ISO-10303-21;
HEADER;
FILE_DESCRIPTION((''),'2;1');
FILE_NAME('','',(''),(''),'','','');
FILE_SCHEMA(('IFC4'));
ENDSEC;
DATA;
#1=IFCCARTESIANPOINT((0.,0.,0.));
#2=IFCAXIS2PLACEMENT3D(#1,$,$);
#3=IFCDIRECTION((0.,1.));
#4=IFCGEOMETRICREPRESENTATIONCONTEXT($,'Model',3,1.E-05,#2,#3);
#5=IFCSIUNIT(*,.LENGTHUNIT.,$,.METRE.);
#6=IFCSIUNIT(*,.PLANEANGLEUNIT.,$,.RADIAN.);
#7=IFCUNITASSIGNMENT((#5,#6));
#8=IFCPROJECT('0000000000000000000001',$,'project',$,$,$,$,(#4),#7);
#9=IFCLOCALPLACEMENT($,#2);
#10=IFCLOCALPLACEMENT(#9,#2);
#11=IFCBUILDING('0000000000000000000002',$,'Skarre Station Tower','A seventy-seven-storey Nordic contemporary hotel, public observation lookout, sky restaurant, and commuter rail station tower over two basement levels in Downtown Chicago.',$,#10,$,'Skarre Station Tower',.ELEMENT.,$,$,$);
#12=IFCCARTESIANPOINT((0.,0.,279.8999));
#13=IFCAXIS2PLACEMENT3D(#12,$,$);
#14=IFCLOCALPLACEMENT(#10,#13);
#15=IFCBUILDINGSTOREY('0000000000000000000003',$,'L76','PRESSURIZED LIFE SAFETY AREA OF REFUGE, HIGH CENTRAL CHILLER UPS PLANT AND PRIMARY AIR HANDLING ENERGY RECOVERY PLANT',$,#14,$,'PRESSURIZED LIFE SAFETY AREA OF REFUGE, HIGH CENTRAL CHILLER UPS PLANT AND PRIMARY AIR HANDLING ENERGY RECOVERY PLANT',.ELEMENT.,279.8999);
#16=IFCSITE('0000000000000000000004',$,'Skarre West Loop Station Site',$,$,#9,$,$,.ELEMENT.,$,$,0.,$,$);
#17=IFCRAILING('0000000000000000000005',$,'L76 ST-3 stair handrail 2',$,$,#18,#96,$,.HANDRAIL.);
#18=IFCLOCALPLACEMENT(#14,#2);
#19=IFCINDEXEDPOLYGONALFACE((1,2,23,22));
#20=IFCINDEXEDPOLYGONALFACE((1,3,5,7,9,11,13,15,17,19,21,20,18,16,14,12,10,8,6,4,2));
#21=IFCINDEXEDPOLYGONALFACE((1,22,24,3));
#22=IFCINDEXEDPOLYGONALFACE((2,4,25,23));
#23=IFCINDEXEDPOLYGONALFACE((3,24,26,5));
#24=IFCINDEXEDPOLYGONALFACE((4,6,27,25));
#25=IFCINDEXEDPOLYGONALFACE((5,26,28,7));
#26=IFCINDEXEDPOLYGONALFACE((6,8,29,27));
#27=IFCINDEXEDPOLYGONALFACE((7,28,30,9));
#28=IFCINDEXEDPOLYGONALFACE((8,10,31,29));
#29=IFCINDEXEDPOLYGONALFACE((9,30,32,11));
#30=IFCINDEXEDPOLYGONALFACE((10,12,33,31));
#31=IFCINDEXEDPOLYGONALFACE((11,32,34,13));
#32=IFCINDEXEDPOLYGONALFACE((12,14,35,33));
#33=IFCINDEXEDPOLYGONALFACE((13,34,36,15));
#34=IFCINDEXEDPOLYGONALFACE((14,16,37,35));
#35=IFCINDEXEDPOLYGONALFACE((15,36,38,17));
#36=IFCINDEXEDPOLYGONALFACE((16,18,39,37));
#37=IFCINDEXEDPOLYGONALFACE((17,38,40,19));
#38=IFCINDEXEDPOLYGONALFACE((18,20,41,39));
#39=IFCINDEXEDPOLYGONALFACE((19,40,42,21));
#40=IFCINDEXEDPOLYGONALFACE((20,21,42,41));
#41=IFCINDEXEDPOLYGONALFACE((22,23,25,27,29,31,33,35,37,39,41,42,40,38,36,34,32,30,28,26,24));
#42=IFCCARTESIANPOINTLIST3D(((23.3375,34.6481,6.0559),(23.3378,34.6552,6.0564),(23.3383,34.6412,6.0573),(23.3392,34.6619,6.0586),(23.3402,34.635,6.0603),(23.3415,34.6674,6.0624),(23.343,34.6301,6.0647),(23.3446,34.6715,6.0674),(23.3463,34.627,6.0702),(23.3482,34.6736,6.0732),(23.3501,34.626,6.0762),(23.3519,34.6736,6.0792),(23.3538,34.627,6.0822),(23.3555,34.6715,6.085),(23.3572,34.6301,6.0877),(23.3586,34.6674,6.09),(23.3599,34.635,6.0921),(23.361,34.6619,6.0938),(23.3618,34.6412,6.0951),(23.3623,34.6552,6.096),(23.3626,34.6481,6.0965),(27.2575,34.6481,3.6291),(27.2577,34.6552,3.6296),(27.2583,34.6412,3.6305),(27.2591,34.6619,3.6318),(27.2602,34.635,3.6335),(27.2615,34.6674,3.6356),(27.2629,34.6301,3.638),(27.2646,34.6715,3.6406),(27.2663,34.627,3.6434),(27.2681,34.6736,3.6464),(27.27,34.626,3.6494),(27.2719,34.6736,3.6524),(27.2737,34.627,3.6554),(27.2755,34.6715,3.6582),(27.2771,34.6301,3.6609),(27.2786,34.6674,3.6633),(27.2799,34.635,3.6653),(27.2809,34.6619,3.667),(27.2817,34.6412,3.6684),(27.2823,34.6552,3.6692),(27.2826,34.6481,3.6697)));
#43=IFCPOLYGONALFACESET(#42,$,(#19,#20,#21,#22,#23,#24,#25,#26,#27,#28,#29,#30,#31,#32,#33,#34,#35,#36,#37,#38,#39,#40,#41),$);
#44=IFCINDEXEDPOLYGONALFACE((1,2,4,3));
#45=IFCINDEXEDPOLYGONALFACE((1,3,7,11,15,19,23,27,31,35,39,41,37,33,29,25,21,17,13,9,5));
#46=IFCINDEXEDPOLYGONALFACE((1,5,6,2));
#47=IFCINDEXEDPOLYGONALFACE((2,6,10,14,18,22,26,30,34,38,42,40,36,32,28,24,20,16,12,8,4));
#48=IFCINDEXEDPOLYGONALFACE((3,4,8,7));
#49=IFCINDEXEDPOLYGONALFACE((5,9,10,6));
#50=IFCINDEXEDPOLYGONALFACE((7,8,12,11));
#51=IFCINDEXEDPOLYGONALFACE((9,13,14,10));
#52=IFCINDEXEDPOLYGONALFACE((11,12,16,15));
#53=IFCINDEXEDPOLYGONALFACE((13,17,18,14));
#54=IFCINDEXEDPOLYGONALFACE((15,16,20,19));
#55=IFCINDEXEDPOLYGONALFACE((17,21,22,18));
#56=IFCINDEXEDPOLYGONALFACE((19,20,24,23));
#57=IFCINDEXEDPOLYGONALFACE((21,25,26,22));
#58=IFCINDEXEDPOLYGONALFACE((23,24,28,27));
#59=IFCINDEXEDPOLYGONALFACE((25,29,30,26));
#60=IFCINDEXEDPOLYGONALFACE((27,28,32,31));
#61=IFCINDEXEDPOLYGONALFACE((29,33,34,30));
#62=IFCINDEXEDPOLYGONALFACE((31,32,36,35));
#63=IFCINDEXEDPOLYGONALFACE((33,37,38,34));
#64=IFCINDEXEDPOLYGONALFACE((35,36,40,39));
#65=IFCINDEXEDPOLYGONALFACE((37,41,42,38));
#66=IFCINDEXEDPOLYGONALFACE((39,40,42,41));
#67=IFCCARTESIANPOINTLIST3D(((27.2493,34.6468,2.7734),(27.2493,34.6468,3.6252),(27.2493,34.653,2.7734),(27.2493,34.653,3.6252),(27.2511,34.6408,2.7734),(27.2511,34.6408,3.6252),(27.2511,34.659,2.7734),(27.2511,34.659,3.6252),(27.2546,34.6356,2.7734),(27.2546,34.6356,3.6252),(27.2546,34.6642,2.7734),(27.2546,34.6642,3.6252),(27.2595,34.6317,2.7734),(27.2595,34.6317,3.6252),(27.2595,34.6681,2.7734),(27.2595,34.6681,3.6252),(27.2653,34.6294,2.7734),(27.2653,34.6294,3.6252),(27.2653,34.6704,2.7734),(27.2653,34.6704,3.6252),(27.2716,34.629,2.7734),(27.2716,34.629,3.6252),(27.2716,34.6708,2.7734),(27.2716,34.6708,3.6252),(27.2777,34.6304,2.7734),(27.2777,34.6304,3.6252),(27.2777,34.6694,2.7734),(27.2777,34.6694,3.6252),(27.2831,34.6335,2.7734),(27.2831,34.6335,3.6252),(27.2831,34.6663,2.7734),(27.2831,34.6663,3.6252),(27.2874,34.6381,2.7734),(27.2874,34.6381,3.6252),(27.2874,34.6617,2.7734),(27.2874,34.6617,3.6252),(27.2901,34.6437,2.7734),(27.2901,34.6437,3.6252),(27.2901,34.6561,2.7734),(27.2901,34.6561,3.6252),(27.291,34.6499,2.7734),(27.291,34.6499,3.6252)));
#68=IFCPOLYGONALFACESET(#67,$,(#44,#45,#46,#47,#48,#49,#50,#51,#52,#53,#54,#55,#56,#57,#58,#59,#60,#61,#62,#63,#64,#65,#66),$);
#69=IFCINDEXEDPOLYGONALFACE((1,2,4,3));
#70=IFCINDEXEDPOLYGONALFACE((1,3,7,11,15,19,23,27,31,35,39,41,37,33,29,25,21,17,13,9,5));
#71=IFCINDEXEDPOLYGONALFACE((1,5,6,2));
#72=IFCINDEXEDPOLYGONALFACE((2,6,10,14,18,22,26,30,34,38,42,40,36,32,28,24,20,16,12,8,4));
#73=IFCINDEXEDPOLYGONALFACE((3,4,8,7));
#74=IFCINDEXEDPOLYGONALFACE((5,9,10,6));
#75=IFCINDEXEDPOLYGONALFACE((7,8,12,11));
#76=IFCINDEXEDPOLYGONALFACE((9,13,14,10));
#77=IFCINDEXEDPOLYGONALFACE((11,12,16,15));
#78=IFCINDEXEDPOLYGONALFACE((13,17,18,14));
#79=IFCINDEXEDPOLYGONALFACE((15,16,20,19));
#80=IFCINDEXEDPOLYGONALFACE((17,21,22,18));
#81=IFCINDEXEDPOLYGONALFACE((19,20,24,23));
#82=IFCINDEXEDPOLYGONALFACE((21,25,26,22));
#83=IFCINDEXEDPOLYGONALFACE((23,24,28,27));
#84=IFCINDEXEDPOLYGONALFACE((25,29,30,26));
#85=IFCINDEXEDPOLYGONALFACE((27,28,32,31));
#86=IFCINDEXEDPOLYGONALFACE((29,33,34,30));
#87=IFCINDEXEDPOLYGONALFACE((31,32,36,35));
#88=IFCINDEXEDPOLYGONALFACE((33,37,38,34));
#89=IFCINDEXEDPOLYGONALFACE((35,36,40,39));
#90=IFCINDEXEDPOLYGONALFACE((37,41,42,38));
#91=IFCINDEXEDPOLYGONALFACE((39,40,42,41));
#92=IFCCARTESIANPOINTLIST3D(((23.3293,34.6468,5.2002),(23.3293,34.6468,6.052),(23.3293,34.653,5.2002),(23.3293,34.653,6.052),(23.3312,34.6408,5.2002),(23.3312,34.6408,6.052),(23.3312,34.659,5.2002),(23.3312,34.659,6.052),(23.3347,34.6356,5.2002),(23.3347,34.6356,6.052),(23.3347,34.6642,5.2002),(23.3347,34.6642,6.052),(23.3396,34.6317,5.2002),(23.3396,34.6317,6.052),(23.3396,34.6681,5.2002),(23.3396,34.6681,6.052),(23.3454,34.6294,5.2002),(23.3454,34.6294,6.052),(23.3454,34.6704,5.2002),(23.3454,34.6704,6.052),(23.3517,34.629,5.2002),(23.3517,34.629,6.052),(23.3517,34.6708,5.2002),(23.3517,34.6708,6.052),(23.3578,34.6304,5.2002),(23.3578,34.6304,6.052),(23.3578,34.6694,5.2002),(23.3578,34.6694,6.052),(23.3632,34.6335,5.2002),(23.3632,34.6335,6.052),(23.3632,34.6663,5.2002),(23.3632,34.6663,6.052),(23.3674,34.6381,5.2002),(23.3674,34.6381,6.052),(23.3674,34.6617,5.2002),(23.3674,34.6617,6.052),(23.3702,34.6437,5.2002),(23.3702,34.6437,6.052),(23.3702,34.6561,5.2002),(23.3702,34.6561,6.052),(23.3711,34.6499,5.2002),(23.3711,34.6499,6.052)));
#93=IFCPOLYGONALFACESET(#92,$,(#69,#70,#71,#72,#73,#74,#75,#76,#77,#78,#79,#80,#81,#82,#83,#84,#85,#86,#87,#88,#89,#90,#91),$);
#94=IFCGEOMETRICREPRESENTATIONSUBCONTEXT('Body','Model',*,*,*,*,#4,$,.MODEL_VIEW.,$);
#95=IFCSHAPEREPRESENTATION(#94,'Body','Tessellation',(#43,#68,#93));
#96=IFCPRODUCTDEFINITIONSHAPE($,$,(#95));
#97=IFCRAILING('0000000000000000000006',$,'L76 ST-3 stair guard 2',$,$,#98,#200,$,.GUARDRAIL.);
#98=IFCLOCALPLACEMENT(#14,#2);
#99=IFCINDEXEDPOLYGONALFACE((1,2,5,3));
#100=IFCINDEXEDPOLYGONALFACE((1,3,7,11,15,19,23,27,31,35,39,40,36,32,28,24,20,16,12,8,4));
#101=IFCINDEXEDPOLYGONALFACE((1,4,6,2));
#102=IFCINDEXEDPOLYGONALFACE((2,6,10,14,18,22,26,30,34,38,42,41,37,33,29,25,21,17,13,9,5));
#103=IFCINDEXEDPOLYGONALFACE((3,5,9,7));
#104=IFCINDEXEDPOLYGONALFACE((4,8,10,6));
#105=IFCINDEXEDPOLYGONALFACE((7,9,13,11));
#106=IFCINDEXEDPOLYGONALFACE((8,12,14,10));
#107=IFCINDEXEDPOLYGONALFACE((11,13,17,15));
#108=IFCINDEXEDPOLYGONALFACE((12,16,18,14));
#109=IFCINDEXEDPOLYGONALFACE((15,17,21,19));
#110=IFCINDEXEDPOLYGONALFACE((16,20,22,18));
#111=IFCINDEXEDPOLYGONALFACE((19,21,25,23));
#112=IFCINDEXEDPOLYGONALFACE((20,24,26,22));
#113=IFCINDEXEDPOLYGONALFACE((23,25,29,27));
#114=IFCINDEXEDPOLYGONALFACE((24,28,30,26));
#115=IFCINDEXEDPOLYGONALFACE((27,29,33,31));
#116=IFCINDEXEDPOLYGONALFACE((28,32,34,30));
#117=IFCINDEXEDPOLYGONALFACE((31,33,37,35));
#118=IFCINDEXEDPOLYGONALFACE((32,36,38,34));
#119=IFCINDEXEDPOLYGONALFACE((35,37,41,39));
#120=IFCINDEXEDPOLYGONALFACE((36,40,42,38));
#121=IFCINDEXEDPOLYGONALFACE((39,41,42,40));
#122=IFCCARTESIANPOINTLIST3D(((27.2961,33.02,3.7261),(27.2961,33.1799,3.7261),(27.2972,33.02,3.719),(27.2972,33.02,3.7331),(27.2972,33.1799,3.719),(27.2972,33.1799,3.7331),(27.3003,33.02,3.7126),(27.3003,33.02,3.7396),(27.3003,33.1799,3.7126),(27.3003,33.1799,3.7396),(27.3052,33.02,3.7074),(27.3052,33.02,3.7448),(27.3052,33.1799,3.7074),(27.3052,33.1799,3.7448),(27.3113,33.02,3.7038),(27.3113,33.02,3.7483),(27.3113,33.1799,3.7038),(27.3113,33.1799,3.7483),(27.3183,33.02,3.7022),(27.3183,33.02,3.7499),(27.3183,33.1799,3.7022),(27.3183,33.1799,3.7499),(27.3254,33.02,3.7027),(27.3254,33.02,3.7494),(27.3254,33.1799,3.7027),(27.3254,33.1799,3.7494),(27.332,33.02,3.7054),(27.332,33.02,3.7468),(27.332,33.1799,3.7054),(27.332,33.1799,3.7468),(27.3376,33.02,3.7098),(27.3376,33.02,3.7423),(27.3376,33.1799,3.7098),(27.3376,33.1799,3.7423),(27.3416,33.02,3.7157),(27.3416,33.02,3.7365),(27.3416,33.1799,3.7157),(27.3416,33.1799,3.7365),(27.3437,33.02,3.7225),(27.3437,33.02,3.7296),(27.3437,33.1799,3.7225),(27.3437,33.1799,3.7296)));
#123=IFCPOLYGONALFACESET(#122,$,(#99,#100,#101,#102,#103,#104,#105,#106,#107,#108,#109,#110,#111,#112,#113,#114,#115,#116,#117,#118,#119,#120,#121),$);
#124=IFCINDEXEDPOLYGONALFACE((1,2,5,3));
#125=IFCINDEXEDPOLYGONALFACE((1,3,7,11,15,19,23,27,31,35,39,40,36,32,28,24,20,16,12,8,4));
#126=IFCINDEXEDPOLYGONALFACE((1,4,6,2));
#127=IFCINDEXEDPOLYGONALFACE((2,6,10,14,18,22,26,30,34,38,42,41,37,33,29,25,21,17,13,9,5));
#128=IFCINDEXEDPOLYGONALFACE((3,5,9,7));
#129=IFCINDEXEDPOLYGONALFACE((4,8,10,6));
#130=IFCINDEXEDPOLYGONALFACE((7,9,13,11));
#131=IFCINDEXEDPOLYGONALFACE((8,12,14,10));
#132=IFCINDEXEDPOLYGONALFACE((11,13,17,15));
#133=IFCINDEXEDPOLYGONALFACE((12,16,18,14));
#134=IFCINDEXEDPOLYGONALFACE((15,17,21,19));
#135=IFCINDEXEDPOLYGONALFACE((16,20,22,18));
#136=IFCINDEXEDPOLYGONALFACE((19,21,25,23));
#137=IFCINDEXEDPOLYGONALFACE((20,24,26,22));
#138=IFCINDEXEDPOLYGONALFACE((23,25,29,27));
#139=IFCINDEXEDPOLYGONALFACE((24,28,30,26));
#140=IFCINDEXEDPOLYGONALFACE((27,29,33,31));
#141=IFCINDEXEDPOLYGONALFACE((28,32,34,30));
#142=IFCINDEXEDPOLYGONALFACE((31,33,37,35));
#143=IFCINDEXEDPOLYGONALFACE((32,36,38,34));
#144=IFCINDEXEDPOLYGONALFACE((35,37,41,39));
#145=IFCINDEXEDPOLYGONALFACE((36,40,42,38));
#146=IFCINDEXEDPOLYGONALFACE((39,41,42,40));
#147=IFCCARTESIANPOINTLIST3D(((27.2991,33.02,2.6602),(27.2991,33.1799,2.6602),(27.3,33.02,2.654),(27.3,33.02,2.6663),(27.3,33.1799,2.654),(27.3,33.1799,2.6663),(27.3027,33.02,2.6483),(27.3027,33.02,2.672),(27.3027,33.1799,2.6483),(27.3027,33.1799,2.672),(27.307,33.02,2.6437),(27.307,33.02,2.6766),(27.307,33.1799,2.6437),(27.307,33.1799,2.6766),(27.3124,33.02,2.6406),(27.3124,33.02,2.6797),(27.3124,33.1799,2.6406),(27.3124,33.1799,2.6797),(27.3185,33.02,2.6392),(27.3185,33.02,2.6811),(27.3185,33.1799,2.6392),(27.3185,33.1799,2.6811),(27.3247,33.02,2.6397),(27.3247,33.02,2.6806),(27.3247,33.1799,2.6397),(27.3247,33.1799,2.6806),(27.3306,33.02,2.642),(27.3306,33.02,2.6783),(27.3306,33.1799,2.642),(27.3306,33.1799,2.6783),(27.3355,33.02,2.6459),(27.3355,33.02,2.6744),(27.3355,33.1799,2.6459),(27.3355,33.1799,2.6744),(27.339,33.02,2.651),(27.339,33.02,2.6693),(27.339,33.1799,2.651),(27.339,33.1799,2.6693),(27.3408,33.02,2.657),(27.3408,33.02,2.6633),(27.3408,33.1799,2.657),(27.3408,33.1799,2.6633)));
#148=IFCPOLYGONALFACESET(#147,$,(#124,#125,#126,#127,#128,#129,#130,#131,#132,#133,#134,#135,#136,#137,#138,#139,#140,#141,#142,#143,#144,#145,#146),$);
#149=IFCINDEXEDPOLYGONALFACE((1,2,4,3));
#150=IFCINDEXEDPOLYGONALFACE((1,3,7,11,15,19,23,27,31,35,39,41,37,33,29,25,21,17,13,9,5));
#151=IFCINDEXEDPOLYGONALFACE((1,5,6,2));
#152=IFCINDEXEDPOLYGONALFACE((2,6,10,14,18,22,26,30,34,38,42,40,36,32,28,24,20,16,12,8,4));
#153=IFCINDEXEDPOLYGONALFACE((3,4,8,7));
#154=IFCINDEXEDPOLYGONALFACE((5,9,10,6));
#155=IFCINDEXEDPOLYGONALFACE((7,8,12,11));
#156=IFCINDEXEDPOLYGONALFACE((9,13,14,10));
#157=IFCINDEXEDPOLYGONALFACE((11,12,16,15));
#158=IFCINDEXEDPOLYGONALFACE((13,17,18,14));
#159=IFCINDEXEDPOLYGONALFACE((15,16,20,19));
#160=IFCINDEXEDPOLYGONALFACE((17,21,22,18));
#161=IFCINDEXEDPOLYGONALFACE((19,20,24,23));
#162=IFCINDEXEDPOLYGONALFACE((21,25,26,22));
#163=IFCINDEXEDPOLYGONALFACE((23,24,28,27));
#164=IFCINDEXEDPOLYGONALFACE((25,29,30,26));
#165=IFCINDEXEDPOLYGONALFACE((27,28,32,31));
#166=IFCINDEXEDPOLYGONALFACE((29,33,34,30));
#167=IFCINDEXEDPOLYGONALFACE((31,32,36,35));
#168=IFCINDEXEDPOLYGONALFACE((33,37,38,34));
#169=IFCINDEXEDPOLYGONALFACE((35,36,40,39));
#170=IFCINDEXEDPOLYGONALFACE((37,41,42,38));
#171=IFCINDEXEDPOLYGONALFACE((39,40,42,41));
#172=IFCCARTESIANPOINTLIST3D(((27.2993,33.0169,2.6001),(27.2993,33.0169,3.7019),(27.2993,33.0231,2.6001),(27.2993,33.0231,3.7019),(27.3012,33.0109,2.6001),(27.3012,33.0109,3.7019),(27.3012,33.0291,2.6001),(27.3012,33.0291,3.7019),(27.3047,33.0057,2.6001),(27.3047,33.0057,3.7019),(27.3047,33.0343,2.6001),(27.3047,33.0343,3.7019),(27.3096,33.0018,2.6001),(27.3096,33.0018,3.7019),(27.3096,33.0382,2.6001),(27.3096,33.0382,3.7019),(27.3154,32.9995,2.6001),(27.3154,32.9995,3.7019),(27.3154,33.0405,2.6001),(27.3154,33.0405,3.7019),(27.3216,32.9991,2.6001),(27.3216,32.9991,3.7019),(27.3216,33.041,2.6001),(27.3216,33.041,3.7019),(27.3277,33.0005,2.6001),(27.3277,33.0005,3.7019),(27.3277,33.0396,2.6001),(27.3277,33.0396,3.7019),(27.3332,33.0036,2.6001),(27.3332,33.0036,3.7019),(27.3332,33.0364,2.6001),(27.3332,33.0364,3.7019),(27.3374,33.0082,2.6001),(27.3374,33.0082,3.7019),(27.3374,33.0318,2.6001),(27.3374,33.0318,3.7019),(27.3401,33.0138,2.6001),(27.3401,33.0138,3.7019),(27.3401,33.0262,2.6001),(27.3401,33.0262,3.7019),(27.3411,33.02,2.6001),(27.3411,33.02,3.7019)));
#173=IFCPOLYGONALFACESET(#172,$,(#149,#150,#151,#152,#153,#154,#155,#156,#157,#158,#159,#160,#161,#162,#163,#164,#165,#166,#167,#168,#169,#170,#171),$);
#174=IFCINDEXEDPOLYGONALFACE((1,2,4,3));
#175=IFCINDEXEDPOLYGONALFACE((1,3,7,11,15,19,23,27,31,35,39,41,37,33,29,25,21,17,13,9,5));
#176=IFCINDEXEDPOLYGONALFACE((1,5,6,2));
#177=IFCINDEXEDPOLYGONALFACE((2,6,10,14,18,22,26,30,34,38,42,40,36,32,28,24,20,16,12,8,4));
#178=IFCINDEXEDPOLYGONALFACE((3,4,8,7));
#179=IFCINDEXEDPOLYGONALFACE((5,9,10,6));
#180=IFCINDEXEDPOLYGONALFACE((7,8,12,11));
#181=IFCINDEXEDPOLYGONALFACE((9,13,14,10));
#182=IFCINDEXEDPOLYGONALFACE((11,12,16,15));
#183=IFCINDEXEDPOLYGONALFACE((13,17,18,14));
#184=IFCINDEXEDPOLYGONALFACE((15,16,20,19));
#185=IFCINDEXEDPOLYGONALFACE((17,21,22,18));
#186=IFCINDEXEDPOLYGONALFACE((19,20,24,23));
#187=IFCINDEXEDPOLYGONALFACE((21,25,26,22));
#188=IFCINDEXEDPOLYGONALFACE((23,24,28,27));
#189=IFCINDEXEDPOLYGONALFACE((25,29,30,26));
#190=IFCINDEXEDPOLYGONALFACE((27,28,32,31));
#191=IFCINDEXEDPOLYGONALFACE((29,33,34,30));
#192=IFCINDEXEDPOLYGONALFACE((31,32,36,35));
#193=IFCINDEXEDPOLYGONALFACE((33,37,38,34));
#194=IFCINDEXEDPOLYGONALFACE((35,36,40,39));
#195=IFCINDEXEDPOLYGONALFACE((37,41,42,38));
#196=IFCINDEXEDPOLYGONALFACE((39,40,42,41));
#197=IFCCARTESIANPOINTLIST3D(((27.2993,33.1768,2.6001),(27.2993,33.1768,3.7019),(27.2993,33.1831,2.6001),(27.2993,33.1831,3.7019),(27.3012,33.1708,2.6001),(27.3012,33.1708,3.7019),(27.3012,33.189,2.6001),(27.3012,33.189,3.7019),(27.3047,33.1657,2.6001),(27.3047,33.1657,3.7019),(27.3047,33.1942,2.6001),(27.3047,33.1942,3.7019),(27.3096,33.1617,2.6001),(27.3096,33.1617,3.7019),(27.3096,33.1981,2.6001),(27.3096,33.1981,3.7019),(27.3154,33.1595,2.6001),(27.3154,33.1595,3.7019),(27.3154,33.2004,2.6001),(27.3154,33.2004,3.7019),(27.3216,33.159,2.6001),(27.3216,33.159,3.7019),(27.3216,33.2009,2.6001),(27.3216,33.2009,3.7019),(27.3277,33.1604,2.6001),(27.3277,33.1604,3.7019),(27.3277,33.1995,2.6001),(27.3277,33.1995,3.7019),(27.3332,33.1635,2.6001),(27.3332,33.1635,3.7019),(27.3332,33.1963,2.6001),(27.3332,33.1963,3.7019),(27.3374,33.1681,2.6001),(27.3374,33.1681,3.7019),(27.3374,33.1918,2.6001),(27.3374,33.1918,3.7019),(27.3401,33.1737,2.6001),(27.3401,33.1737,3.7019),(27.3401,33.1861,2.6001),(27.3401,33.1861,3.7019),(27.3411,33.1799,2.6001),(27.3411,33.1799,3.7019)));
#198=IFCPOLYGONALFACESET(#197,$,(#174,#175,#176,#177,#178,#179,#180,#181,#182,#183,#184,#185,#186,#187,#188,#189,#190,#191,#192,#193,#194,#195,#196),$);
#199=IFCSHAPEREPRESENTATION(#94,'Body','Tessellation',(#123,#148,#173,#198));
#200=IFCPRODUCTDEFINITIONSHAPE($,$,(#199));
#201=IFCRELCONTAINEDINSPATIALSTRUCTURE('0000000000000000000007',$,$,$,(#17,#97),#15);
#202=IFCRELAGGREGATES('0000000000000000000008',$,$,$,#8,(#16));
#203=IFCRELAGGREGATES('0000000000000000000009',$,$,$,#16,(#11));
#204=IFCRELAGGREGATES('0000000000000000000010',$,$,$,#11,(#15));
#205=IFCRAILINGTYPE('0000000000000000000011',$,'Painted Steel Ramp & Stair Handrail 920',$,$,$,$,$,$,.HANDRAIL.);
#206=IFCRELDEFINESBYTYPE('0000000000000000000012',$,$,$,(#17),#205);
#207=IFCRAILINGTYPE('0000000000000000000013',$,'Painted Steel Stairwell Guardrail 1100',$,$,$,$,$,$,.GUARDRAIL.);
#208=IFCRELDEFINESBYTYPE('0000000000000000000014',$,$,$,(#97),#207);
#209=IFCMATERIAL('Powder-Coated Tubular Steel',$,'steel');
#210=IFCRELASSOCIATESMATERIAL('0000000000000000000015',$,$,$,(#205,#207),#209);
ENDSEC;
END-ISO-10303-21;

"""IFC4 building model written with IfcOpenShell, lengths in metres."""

from ifc_helpers import new_model, si_unit, direction, frame, origin, origin_2d, place, context, subcontext, project, spatial, circle, extrude, material, type_object, element, save


model = new_model("IFC4")

# Units and contexts
model_context = context("Model", 3, precision=1e-05, world=origin(), true_north=direction((0.0, 1.0)))
body_context = subcontext(model_context, "Body", "Model", "MODEL_VIEW")
ifc_project = project(units=[si_unit("LENGTHUNIT", "METRE"), si_unit("PLANEANGLEUNIT", "RADIAN")], contexts=[model_context])

# Site, building, storey
site_placement = place(None, origin())
site = spatial("IfcSite", under=ifc_project, at=site_placement, Name="Skarre West Loop Station Site", CompositionType="ELEMENT", RefElevation=0.0)
building_placement = place(site_placement, origin())
building = spatial("IfcBuilding", under=site, at=building_placement, Name="Skarre Station Tower", Description="A seventy-seven-storey Nordic contemporary hotel, public observation lookout, sky restaurant, and commuter rail station tower over two basement levels in Downtown Chicago.", LongName="Skarre Station Tower", CompositionType="ELEMENT")
storey_placement = place(building_placement, frame((0.0, 0.0, 279.8999)))
storey = spatial("IfcBuildingStorey", under=building, at=storey_placement, Name="L76", Description="PRESSURIZED LIFE SAFETY AREA OF REFUGE, HIGH CENTRAL CHILLER UPS PLANT AND PRIMARY AIR HANDLING ENERGY RECOVERY PLANT", LongName="PRESSURIZED LIFE SAFETY AREA OF REFUGE, HIGH CENTRAL CHILLER UPS PLANT AND PRIMARY AIR HANDLING ENERGY RECOVERY PLANT", CompositionType="ELEMENT", Elevation=279.8999)

# Railings
ifc_material_1 = material(Name="Powder-Coated Tubular Steel", Category="steel")
railing_type_1 = type_object("IfcRailingType", Name="Painted Steel Ramp & Stair Handrail 920", PredefinedType="HANDRAIL", material=ifc_material_1)
railing_1_placement = place(storey_placement, frame((27.27, 34.6499, 2.7734)))
element("IfcRailing", 1, at=railing_1_placement, inside=storey, type_object=railing_type_1, Name="L76 ST-3 stair handrail 2", PredefinedType="HANDRAIL", context=body_context, shape_type="SweptSolid", body=[
    extrude(circle(Radius=0.0239, at=origin_2d()), frame((0.0, 0.0, 0.876), z_axis=(-0.850252, 0.0, 0.526376), x_axis=(0.0, -1.0, 0.0)), (0.0, 0.0, 1.0), 4.6104),
    extrude(circle(Radius=0.021, at=origin_2d()), origin(), (0.0, 0.0, 1.0), 0.8518),
    extrude(circle(Radius=0.021, at=origin_2d()), frame((-3.9199, 0.0, 2.4268)), (0.0, 0.0, 1.0), 0.8518),
])
railing_type_2 = type_object("IfcRailingType", Name="Painted Steel Stairwell Guardrail 1100", PredefinedType="GUARDRAIL", material=ifc_material_1)
railing_2_placement = place(storey_placement, frame((27.3201, 33.02, 2.6001)))
element("IfcRailing", 2, at=railing_2_placement, inside=storey, type_object=railing_type_2, Name="L76 ST-3 stair guard 2", PredefinedType="GUARDRAIL", context=body_context, shape_type="SweptSolid", body=[
    extrude(circle(Radius=0.0239, at=origin_2d()), frame((0.0, 0.0, 1.126), z_axis=(0.0, 1.0, 0.0), x_axis=(-1.0, 0.0, 0.0)), (0.0, 0.0, 1.0), 0.1599),
    extrude(circle(Radius=0.021, at=origin_2d()), frame((0.0, 0.0, 0.0601), z_axis=(0.0, 1.0, 0.0), x_axis=(-1.0, 0.0, 0.0)), (0.0, 0.0, 1.0), 0.1599),
    extrude(circle(Radius=0.021, at=origin_2d()), origin(), (0.0, 0.0, 1.0), 1.1018),
    extrude(circle(Radius=0.021, at=origin_2d()), frame((0.0, 0.1599, 0.0)), (0.0, 0.0, 1.0), 1.1018),
])

save(model, "model.ifc")
